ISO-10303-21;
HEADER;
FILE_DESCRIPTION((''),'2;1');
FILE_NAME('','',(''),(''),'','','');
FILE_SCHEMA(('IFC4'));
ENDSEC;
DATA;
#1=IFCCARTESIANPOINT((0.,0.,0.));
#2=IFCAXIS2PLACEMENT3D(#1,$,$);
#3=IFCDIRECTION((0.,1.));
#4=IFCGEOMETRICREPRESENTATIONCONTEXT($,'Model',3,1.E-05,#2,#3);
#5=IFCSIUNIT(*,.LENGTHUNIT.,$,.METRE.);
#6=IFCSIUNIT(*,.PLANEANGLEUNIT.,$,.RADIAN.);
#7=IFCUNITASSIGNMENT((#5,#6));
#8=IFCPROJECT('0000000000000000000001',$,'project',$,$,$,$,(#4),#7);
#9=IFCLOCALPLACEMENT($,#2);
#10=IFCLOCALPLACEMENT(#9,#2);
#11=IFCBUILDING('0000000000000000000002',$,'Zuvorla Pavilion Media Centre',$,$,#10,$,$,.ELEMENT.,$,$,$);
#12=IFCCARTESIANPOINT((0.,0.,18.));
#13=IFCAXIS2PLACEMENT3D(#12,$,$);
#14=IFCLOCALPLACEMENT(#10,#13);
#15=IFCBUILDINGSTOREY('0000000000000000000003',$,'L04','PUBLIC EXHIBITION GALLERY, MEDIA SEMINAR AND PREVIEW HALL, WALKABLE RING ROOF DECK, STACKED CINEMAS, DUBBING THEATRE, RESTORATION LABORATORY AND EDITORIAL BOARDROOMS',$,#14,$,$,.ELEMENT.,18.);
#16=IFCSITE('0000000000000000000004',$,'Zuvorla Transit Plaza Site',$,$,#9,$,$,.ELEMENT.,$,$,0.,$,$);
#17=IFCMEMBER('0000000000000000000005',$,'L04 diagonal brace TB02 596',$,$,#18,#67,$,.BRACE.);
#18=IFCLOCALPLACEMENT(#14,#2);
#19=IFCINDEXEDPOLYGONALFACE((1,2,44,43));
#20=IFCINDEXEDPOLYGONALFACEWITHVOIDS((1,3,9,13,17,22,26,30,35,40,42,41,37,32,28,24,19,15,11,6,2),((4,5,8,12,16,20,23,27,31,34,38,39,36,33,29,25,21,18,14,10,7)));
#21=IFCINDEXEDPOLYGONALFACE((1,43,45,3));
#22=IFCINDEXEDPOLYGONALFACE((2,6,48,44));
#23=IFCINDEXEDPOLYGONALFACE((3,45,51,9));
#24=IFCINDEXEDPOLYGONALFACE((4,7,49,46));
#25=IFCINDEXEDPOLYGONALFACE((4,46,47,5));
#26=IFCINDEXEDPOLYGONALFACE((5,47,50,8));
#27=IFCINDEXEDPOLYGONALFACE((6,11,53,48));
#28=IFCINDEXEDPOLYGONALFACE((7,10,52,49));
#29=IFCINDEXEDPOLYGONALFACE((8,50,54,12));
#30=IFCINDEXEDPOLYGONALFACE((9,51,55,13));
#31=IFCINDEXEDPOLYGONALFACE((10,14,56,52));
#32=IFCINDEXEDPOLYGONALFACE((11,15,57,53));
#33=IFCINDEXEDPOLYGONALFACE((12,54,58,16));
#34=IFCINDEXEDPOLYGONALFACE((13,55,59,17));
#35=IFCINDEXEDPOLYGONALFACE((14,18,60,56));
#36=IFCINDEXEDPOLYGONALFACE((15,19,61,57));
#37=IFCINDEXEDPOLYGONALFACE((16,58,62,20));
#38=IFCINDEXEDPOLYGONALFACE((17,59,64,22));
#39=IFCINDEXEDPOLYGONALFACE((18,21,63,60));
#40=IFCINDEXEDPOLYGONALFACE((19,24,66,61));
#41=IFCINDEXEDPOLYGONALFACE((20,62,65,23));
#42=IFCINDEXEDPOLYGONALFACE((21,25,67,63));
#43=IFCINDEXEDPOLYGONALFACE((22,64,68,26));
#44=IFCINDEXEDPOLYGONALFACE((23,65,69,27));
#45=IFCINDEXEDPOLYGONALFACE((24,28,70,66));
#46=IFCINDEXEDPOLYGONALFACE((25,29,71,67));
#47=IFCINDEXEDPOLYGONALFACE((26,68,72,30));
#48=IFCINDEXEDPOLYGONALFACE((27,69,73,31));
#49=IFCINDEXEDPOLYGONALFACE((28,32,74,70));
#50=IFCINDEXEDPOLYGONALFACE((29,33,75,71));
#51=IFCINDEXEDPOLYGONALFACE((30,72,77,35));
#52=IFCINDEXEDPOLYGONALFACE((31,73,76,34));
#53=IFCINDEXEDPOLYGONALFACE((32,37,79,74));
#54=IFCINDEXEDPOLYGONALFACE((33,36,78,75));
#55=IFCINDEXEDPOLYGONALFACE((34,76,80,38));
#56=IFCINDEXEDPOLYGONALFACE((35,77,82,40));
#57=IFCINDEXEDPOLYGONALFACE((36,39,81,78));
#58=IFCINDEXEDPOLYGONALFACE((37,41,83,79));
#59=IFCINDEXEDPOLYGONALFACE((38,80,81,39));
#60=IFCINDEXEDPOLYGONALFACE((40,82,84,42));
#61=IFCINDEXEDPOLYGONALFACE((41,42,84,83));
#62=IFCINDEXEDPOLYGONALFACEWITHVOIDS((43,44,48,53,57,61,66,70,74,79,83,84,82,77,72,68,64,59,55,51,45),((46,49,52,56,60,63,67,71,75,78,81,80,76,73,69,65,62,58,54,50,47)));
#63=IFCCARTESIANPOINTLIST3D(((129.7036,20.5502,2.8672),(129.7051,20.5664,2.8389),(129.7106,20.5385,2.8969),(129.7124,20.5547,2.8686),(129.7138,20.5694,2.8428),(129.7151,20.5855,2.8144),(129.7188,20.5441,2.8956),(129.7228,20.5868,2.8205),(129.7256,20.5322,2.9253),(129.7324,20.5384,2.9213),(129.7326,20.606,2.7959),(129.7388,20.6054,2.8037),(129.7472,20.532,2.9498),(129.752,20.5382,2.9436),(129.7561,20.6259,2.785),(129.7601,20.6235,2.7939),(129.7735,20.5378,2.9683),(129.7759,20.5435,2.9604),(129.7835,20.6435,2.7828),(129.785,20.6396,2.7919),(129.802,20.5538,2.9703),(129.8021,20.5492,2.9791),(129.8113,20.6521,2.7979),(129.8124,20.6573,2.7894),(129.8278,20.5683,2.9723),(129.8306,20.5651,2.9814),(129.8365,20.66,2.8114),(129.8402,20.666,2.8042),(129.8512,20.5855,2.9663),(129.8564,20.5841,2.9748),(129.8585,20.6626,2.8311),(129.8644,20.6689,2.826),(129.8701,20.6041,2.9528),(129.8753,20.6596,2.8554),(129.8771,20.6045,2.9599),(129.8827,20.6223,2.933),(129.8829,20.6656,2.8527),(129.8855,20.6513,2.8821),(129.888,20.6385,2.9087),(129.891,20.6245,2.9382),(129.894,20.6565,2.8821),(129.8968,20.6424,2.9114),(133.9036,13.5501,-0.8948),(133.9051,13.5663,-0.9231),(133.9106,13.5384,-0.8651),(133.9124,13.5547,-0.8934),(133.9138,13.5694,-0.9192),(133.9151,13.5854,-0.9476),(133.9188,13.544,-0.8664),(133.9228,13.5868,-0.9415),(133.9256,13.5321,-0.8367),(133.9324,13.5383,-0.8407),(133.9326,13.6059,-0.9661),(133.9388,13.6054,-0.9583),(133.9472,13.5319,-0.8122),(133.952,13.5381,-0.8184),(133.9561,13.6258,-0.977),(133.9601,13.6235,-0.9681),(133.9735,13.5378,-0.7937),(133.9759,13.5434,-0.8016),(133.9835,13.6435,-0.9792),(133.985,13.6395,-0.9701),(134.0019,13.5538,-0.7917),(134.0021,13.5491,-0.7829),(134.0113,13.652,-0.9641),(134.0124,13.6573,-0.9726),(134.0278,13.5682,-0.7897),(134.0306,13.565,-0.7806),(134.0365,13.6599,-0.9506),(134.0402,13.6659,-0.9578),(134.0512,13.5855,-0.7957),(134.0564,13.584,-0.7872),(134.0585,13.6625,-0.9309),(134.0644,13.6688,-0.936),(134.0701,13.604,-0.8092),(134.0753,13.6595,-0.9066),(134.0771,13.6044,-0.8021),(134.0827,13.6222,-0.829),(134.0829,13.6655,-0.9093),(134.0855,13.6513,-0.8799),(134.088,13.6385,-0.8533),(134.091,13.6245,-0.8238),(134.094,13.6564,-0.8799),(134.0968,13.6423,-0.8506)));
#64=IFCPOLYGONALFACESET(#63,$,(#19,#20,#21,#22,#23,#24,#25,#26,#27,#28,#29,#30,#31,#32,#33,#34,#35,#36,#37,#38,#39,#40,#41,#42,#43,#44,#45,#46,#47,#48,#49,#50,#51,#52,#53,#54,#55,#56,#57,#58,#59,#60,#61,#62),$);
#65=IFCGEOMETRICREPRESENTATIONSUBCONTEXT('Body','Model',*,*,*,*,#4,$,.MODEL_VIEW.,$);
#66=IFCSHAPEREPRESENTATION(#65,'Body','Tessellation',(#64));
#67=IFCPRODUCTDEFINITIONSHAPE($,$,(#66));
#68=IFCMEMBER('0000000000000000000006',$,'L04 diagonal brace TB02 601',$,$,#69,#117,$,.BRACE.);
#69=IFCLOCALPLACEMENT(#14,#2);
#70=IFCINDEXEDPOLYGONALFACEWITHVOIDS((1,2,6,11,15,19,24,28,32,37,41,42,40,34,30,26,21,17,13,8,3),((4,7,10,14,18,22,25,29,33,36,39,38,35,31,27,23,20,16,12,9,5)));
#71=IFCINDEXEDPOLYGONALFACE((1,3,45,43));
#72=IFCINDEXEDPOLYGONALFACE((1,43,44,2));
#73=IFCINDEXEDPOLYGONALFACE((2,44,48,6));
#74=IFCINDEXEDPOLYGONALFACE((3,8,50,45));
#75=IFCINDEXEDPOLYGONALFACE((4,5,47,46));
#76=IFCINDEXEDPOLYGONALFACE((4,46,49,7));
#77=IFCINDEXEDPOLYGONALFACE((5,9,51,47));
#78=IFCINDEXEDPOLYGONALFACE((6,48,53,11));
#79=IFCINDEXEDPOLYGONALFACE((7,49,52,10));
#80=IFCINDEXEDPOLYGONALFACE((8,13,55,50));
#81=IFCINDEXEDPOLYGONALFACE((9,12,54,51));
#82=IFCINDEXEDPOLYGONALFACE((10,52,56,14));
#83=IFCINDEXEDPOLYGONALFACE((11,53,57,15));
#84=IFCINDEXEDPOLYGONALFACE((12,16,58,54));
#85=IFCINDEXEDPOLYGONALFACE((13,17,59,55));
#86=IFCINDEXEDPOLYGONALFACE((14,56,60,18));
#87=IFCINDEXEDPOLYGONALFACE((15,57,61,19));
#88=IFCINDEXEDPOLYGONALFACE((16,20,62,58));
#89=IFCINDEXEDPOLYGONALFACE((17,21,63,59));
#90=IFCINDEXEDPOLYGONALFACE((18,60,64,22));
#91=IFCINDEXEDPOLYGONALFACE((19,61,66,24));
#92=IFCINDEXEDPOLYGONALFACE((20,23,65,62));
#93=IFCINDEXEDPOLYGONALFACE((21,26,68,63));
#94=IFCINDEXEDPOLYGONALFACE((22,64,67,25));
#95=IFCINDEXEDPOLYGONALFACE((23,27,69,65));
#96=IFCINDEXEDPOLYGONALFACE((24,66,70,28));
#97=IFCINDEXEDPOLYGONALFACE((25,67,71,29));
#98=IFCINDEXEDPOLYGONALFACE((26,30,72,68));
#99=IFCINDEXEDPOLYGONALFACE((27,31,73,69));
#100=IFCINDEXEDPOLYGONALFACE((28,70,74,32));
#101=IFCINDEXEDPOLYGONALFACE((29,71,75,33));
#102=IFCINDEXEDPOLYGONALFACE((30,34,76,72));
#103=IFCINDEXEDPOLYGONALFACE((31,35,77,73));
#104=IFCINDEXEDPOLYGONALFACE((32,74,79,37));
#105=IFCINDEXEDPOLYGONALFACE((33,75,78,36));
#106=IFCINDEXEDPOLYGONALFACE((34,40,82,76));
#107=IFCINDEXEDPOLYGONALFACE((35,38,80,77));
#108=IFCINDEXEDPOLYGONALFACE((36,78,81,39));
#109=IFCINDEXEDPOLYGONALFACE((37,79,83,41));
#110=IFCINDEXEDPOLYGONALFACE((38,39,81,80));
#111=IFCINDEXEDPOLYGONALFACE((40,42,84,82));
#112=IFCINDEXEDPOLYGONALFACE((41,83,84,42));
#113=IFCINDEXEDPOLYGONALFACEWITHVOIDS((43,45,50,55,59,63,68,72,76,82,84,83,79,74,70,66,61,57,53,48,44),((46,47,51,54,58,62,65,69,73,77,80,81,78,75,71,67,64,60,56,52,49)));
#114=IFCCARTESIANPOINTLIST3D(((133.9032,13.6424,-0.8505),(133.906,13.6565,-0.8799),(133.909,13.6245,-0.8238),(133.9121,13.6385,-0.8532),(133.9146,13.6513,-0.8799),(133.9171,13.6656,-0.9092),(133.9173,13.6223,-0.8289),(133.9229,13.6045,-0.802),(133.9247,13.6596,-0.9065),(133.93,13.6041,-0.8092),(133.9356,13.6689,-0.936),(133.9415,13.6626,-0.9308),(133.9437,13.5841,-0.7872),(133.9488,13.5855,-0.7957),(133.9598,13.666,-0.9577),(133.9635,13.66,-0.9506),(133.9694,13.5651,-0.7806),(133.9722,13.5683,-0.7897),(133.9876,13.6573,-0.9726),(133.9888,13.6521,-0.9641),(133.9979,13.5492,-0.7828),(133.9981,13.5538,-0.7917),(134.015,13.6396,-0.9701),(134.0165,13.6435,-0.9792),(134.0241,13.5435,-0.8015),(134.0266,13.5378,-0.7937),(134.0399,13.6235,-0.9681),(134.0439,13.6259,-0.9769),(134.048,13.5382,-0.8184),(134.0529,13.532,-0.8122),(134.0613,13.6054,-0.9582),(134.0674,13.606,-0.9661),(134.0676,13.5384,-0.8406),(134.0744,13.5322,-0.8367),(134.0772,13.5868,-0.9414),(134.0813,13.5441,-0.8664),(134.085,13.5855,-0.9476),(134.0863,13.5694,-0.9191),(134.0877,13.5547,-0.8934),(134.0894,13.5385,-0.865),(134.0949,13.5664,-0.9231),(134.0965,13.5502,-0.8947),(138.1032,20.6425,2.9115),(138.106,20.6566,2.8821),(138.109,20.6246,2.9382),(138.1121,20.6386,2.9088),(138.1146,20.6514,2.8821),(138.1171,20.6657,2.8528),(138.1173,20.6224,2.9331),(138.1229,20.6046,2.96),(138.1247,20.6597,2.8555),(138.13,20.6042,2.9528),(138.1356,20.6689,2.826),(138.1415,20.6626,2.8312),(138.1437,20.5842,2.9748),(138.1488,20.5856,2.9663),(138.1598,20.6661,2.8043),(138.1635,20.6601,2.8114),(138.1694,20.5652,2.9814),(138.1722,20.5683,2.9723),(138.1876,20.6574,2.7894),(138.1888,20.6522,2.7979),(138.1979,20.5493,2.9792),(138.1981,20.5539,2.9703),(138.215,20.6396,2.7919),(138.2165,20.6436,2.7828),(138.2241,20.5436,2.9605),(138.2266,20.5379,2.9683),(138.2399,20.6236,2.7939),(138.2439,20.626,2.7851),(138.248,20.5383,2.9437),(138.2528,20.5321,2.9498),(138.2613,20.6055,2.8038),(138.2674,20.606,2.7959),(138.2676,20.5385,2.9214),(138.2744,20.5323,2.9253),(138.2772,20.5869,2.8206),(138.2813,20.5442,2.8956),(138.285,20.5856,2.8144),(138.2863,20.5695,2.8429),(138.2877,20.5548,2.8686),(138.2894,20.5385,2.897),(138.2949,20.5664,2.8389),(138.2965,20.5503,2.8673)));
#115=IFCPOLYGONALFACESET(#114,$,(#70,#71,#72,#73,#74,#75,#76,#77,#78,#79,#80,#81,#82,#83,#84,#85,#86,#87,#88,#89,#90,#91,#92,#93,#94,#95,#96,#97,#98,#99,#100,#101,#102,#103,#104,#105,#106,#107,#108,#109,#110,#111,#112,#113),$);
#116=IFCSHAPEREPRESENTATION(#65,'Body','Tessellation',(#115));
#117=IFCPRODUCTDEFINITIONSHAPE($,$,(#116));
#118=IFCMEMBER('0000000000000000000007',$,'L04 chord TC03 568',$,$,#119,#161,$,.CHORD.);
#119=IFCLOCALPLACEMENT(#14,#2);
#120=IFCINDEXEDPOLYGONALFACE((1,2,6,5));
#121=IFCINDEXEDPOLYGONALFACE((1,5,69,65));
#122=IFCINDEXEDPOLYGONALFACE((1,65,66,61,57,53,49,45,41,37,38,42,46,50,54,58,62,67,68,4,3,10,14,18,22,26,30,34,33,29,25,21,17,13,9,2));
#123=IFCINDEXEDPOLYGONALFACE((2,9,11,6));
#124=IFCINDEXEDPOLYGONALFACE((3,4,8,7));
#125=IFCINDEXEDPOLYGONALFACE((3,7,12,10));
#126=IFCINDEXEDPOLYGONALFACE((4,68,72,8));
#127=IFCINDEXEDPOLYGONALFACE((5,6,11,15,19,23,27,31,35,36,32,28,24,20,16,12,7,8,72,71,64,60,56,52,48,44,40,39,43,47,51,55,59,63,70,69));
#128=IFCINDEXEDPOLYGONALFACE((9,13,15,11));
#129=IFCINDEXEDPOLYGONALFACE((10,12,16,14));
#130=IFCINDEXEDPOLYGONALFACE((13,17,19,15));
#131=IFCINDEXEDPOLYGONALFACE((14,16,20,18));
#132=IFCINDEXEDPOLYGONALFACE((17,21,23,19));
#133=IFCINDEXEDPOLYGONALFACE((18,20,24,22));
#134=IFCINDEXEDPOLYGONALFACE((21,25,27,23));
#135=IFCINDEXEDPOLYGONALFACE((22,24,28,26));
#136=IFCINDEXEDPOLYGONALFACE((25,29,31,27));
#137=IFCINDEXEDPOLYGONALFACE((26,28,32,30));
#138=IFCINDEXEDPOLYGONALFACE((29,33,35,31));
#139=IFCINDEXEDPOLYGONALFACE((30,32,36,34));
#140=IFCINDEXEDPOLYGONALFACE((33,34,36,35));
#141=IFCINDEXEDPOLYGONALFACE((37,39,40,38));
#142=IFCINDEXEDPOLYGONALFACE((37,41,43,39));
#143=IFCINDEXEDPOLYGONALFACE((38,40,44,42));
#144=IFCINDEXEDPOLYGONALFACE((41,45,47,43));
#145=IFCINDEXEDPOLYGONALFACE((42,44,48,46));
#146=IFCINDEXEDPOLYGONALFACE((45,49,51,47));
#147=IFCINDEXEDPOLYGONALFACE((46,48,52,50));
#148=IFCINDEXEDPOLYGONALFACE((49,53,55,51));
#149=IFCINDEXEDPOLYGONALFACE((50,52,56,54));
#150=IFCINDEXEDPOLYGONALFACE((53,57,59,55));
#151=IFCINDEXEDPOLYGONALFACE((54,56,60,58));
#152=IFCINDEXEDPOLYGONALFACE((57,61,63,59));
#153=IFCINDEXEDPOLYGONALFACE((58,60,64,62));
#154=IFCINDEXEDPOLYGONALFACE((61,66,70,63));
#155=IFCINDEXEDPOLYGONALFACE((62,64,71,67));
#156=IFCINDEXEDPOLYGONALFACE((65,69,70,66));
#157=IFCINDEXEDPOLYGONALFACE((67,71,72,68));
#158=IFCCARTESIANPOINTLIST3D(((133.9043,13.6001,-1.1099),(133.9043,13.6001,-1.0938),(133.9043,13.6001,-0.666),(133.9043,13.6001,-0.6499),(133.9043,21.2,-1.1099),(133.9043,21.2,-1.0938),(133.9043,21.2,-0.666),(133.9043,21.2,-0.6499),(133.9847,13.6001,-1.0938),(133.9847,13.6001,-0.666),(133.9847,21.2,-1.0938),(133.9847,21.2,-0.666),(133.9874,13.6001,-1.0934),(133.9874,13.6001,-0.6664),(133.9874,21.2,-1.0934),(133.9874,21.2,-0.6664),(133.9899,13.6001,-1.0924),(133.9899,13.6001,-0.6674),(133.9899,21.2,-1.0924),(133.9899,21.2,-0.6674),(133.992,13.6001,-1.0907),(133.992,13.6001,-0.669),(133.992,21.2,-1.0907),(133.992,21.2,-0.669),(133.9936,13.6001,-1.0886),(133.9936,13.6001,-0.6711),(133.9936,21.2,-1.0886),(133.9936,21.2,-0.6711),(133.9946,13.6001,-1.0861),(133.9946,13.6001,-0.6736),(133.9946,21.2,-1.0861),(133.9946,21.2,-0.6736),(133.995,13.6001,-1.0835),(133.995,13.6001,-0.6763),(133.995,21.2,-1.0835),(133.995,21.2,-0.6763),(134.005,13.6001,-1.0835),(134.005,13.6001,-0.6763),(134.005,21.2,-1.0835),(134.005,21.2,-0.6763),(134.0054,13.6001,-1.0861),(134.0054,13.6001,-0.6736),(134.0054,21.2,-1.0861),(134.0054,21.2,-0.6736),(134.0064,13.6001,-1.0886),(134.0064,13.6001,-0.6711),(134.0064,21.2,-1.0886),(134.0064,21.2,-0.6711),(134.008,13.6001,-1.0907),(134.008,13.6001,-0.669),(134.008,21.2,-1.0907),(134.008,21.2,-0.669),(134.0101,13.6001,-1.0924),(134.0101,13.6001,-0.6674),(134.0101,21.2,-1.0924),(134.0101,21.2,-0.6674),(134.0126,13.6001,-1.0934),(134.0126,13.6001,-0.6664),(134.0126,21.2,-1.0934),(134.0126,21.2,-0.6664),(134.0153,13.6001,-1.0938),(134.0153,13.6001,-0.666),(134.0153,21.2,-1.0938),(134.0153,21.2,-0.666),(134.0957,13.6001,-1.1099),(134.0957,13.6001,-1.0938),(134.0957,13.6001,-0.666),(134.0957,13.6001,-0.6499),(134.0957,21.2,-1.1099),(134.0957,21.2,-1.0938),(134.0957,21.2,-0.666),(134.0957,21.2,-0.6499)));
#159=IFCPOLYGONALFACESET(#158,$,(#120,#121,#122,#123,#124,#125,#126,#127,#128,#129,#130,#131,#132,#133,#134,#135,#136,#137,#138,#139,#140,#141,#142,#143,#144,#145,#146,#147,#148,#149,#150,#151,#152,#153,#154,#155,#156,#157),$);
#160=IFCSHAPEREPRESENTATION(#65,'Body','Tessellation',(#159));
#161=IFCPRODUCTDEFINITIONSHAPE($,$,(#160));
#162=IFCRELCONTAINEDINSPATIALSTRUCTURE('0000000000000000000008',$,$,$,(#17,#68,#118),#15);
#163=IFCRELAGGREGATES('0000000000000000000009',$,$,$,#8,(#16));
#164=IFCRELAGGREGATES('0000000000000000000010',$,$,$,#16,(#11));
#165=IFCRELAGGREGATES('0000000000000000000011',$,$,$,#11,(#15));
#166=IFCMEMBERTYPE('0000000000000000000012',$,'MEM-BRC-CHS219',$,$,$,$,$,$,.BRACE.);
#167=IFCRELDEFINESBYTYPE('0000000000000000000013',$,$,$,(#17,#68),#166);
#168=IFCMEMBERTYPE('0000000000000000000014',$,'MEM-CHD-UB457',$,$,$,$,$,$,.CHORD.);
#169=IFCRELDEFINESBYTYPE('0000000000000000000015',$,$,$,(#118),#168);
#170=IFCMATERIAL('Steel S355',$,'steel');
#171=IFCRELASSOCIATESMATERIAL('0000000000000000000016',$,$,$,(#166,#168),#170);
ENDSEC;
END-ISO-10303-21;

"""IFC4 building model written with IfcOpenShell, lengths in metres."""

from ifc_helpers import new_model, si_unit, direction, frame, origin, origin_2d, place, context, subcontext, project, spatial, hollow_circle, i_section, extrude, material, material_profile, profile_set, type_object, element, save


model = new_model("IFC4")

# Units and contexts
model_context = context("Model", 3, precision=1e-05, world=origin(), true_north=direction((0.0, 1.0)))
body_context = subcontext(model_context, "Body", "Model", "MODEL_VIEW")
ifc_project = project(units=[si_unit("LENGTHUNIT", "METRE"), si_unit("PLANEANGLEUNIT", "RADIAN")], contexts=[model_context])

# Site, building, storey
site_placement = place(None, origin())
site = spatial("IfcSite", under=ifc_project, at=site_placement, Name="Zuvorla Transit Plaza Site", CompositionType="ELEMENT", RefElevation=0.0)
building_placement = place(site_placement, origin())
building = spatial("IfcBuilding", under=site, at=building_placement, Name="Zuvorla Pavilion Media Centre", CompositionType="ELEMENT")
storey_placement = place(building_placement, frame((0.0, 0.0, 18.0)))
storey = spatial("IfcBuildingStorey", under=building, at=storey_placement, Name="L04", Description="PUBLIC EXHIBITION GALLERY, MEDIA SEMINAR AND PREVIEW HALL, WALKABLE RING ROOF DECK, STACKED CINEMAS, DUBBING THEATRE, RESTORATION LABORATORY AND EDITORIAL BOARDROOMS", CompositionType="ELEMENT", Elevation=18.0)

# Members
ifc_material_1 = material(Name="Steel S355", Category="steel")
ifc_material_profile_1 = material_profile(ifc_material_1, hollow_circle(Radius=0.1096, WallThickness=0.01, at=origin_2d()), Name="CHS 219.1x10")
ifc_profile_set_1 = profile_set([ifc_material_profile_1], Name="Steel S355")
member_type_1 = type_object("IfcMemberType", Name="MEM-BRC-CHS219", PredefinedType="BRACE", material=ifc_profile_set_1)
for number, where, z_axis, x_axis, name in (
    (1, (129.8, 20.6001, 2.8821), (0.467262, -0.778779, -0.418534), (0.857496, 0.514491, 0.0), "L04 diagonal brace TB02 596"),
    (2, (134.0, 13.6001, -0.8799), (0.467262, 0.778779, 0.418534), (-0.857496, 0.514491, 0.0), "L04 diagonal brace TB02 601"),
):
    element("IfcMember", number, at=place(storey_placement, frame(where, z_axis=z_axis, x_axis=x_axis)), inside=storey, type_object=member_type_1, Name=name, PredefinedType="BRACE", context=body_context, shape_type="SweptSolid", body=[
        extrude(hollow_circle(Radius=0.1096, WallThickness=0.01, at=origin_2d()), origin(), (0.0, 0.0, 1.0), 8.9885),
    ])
ifc_material_profile_2 = material_profile(ifc_material_1, i_section(OverallWidth=0.1914, OverallDepth=0.46, WebThickness=0.01, FlangeThickness=0.0161, FilletRadius=0.0103, at=origin_2d()), Name="UB 457x191x82")
ifc_profile_set_2 = profile_set([ifc_material_profile_2], Name="Steel S355")
member_type_2 = type_object("IfcMemberType", Name="MEM-CHD-UB457", PredefinedType="CHORD", material=ifc_profile_set_2)
member_1_placement = place(storey_placement, frame((134.0, 13.6001, -0.8799), z_axis=(0.0, 1.0, 0.0), x_axis=(-1.0, 0.0, 0.0)))
element("IfcMember", 3, at=member_1_placement, inside=storey, type_object=member_type_2, Name="L04 chord TC03 568", PredefinedType="CHORD", context=body_context, shape_type="SweptSolid", body=[
    extrude(i_section(OverallWidth=0.1914, OverallDepth=0.46, WebThickness=0.01, FlangeThickness=0.0161, FilletRadius=0.0103, at=origin_2d()), origin(), (0.0, 0.0, 1.0), 7.5999),
])

save(model, "model.ifc")
